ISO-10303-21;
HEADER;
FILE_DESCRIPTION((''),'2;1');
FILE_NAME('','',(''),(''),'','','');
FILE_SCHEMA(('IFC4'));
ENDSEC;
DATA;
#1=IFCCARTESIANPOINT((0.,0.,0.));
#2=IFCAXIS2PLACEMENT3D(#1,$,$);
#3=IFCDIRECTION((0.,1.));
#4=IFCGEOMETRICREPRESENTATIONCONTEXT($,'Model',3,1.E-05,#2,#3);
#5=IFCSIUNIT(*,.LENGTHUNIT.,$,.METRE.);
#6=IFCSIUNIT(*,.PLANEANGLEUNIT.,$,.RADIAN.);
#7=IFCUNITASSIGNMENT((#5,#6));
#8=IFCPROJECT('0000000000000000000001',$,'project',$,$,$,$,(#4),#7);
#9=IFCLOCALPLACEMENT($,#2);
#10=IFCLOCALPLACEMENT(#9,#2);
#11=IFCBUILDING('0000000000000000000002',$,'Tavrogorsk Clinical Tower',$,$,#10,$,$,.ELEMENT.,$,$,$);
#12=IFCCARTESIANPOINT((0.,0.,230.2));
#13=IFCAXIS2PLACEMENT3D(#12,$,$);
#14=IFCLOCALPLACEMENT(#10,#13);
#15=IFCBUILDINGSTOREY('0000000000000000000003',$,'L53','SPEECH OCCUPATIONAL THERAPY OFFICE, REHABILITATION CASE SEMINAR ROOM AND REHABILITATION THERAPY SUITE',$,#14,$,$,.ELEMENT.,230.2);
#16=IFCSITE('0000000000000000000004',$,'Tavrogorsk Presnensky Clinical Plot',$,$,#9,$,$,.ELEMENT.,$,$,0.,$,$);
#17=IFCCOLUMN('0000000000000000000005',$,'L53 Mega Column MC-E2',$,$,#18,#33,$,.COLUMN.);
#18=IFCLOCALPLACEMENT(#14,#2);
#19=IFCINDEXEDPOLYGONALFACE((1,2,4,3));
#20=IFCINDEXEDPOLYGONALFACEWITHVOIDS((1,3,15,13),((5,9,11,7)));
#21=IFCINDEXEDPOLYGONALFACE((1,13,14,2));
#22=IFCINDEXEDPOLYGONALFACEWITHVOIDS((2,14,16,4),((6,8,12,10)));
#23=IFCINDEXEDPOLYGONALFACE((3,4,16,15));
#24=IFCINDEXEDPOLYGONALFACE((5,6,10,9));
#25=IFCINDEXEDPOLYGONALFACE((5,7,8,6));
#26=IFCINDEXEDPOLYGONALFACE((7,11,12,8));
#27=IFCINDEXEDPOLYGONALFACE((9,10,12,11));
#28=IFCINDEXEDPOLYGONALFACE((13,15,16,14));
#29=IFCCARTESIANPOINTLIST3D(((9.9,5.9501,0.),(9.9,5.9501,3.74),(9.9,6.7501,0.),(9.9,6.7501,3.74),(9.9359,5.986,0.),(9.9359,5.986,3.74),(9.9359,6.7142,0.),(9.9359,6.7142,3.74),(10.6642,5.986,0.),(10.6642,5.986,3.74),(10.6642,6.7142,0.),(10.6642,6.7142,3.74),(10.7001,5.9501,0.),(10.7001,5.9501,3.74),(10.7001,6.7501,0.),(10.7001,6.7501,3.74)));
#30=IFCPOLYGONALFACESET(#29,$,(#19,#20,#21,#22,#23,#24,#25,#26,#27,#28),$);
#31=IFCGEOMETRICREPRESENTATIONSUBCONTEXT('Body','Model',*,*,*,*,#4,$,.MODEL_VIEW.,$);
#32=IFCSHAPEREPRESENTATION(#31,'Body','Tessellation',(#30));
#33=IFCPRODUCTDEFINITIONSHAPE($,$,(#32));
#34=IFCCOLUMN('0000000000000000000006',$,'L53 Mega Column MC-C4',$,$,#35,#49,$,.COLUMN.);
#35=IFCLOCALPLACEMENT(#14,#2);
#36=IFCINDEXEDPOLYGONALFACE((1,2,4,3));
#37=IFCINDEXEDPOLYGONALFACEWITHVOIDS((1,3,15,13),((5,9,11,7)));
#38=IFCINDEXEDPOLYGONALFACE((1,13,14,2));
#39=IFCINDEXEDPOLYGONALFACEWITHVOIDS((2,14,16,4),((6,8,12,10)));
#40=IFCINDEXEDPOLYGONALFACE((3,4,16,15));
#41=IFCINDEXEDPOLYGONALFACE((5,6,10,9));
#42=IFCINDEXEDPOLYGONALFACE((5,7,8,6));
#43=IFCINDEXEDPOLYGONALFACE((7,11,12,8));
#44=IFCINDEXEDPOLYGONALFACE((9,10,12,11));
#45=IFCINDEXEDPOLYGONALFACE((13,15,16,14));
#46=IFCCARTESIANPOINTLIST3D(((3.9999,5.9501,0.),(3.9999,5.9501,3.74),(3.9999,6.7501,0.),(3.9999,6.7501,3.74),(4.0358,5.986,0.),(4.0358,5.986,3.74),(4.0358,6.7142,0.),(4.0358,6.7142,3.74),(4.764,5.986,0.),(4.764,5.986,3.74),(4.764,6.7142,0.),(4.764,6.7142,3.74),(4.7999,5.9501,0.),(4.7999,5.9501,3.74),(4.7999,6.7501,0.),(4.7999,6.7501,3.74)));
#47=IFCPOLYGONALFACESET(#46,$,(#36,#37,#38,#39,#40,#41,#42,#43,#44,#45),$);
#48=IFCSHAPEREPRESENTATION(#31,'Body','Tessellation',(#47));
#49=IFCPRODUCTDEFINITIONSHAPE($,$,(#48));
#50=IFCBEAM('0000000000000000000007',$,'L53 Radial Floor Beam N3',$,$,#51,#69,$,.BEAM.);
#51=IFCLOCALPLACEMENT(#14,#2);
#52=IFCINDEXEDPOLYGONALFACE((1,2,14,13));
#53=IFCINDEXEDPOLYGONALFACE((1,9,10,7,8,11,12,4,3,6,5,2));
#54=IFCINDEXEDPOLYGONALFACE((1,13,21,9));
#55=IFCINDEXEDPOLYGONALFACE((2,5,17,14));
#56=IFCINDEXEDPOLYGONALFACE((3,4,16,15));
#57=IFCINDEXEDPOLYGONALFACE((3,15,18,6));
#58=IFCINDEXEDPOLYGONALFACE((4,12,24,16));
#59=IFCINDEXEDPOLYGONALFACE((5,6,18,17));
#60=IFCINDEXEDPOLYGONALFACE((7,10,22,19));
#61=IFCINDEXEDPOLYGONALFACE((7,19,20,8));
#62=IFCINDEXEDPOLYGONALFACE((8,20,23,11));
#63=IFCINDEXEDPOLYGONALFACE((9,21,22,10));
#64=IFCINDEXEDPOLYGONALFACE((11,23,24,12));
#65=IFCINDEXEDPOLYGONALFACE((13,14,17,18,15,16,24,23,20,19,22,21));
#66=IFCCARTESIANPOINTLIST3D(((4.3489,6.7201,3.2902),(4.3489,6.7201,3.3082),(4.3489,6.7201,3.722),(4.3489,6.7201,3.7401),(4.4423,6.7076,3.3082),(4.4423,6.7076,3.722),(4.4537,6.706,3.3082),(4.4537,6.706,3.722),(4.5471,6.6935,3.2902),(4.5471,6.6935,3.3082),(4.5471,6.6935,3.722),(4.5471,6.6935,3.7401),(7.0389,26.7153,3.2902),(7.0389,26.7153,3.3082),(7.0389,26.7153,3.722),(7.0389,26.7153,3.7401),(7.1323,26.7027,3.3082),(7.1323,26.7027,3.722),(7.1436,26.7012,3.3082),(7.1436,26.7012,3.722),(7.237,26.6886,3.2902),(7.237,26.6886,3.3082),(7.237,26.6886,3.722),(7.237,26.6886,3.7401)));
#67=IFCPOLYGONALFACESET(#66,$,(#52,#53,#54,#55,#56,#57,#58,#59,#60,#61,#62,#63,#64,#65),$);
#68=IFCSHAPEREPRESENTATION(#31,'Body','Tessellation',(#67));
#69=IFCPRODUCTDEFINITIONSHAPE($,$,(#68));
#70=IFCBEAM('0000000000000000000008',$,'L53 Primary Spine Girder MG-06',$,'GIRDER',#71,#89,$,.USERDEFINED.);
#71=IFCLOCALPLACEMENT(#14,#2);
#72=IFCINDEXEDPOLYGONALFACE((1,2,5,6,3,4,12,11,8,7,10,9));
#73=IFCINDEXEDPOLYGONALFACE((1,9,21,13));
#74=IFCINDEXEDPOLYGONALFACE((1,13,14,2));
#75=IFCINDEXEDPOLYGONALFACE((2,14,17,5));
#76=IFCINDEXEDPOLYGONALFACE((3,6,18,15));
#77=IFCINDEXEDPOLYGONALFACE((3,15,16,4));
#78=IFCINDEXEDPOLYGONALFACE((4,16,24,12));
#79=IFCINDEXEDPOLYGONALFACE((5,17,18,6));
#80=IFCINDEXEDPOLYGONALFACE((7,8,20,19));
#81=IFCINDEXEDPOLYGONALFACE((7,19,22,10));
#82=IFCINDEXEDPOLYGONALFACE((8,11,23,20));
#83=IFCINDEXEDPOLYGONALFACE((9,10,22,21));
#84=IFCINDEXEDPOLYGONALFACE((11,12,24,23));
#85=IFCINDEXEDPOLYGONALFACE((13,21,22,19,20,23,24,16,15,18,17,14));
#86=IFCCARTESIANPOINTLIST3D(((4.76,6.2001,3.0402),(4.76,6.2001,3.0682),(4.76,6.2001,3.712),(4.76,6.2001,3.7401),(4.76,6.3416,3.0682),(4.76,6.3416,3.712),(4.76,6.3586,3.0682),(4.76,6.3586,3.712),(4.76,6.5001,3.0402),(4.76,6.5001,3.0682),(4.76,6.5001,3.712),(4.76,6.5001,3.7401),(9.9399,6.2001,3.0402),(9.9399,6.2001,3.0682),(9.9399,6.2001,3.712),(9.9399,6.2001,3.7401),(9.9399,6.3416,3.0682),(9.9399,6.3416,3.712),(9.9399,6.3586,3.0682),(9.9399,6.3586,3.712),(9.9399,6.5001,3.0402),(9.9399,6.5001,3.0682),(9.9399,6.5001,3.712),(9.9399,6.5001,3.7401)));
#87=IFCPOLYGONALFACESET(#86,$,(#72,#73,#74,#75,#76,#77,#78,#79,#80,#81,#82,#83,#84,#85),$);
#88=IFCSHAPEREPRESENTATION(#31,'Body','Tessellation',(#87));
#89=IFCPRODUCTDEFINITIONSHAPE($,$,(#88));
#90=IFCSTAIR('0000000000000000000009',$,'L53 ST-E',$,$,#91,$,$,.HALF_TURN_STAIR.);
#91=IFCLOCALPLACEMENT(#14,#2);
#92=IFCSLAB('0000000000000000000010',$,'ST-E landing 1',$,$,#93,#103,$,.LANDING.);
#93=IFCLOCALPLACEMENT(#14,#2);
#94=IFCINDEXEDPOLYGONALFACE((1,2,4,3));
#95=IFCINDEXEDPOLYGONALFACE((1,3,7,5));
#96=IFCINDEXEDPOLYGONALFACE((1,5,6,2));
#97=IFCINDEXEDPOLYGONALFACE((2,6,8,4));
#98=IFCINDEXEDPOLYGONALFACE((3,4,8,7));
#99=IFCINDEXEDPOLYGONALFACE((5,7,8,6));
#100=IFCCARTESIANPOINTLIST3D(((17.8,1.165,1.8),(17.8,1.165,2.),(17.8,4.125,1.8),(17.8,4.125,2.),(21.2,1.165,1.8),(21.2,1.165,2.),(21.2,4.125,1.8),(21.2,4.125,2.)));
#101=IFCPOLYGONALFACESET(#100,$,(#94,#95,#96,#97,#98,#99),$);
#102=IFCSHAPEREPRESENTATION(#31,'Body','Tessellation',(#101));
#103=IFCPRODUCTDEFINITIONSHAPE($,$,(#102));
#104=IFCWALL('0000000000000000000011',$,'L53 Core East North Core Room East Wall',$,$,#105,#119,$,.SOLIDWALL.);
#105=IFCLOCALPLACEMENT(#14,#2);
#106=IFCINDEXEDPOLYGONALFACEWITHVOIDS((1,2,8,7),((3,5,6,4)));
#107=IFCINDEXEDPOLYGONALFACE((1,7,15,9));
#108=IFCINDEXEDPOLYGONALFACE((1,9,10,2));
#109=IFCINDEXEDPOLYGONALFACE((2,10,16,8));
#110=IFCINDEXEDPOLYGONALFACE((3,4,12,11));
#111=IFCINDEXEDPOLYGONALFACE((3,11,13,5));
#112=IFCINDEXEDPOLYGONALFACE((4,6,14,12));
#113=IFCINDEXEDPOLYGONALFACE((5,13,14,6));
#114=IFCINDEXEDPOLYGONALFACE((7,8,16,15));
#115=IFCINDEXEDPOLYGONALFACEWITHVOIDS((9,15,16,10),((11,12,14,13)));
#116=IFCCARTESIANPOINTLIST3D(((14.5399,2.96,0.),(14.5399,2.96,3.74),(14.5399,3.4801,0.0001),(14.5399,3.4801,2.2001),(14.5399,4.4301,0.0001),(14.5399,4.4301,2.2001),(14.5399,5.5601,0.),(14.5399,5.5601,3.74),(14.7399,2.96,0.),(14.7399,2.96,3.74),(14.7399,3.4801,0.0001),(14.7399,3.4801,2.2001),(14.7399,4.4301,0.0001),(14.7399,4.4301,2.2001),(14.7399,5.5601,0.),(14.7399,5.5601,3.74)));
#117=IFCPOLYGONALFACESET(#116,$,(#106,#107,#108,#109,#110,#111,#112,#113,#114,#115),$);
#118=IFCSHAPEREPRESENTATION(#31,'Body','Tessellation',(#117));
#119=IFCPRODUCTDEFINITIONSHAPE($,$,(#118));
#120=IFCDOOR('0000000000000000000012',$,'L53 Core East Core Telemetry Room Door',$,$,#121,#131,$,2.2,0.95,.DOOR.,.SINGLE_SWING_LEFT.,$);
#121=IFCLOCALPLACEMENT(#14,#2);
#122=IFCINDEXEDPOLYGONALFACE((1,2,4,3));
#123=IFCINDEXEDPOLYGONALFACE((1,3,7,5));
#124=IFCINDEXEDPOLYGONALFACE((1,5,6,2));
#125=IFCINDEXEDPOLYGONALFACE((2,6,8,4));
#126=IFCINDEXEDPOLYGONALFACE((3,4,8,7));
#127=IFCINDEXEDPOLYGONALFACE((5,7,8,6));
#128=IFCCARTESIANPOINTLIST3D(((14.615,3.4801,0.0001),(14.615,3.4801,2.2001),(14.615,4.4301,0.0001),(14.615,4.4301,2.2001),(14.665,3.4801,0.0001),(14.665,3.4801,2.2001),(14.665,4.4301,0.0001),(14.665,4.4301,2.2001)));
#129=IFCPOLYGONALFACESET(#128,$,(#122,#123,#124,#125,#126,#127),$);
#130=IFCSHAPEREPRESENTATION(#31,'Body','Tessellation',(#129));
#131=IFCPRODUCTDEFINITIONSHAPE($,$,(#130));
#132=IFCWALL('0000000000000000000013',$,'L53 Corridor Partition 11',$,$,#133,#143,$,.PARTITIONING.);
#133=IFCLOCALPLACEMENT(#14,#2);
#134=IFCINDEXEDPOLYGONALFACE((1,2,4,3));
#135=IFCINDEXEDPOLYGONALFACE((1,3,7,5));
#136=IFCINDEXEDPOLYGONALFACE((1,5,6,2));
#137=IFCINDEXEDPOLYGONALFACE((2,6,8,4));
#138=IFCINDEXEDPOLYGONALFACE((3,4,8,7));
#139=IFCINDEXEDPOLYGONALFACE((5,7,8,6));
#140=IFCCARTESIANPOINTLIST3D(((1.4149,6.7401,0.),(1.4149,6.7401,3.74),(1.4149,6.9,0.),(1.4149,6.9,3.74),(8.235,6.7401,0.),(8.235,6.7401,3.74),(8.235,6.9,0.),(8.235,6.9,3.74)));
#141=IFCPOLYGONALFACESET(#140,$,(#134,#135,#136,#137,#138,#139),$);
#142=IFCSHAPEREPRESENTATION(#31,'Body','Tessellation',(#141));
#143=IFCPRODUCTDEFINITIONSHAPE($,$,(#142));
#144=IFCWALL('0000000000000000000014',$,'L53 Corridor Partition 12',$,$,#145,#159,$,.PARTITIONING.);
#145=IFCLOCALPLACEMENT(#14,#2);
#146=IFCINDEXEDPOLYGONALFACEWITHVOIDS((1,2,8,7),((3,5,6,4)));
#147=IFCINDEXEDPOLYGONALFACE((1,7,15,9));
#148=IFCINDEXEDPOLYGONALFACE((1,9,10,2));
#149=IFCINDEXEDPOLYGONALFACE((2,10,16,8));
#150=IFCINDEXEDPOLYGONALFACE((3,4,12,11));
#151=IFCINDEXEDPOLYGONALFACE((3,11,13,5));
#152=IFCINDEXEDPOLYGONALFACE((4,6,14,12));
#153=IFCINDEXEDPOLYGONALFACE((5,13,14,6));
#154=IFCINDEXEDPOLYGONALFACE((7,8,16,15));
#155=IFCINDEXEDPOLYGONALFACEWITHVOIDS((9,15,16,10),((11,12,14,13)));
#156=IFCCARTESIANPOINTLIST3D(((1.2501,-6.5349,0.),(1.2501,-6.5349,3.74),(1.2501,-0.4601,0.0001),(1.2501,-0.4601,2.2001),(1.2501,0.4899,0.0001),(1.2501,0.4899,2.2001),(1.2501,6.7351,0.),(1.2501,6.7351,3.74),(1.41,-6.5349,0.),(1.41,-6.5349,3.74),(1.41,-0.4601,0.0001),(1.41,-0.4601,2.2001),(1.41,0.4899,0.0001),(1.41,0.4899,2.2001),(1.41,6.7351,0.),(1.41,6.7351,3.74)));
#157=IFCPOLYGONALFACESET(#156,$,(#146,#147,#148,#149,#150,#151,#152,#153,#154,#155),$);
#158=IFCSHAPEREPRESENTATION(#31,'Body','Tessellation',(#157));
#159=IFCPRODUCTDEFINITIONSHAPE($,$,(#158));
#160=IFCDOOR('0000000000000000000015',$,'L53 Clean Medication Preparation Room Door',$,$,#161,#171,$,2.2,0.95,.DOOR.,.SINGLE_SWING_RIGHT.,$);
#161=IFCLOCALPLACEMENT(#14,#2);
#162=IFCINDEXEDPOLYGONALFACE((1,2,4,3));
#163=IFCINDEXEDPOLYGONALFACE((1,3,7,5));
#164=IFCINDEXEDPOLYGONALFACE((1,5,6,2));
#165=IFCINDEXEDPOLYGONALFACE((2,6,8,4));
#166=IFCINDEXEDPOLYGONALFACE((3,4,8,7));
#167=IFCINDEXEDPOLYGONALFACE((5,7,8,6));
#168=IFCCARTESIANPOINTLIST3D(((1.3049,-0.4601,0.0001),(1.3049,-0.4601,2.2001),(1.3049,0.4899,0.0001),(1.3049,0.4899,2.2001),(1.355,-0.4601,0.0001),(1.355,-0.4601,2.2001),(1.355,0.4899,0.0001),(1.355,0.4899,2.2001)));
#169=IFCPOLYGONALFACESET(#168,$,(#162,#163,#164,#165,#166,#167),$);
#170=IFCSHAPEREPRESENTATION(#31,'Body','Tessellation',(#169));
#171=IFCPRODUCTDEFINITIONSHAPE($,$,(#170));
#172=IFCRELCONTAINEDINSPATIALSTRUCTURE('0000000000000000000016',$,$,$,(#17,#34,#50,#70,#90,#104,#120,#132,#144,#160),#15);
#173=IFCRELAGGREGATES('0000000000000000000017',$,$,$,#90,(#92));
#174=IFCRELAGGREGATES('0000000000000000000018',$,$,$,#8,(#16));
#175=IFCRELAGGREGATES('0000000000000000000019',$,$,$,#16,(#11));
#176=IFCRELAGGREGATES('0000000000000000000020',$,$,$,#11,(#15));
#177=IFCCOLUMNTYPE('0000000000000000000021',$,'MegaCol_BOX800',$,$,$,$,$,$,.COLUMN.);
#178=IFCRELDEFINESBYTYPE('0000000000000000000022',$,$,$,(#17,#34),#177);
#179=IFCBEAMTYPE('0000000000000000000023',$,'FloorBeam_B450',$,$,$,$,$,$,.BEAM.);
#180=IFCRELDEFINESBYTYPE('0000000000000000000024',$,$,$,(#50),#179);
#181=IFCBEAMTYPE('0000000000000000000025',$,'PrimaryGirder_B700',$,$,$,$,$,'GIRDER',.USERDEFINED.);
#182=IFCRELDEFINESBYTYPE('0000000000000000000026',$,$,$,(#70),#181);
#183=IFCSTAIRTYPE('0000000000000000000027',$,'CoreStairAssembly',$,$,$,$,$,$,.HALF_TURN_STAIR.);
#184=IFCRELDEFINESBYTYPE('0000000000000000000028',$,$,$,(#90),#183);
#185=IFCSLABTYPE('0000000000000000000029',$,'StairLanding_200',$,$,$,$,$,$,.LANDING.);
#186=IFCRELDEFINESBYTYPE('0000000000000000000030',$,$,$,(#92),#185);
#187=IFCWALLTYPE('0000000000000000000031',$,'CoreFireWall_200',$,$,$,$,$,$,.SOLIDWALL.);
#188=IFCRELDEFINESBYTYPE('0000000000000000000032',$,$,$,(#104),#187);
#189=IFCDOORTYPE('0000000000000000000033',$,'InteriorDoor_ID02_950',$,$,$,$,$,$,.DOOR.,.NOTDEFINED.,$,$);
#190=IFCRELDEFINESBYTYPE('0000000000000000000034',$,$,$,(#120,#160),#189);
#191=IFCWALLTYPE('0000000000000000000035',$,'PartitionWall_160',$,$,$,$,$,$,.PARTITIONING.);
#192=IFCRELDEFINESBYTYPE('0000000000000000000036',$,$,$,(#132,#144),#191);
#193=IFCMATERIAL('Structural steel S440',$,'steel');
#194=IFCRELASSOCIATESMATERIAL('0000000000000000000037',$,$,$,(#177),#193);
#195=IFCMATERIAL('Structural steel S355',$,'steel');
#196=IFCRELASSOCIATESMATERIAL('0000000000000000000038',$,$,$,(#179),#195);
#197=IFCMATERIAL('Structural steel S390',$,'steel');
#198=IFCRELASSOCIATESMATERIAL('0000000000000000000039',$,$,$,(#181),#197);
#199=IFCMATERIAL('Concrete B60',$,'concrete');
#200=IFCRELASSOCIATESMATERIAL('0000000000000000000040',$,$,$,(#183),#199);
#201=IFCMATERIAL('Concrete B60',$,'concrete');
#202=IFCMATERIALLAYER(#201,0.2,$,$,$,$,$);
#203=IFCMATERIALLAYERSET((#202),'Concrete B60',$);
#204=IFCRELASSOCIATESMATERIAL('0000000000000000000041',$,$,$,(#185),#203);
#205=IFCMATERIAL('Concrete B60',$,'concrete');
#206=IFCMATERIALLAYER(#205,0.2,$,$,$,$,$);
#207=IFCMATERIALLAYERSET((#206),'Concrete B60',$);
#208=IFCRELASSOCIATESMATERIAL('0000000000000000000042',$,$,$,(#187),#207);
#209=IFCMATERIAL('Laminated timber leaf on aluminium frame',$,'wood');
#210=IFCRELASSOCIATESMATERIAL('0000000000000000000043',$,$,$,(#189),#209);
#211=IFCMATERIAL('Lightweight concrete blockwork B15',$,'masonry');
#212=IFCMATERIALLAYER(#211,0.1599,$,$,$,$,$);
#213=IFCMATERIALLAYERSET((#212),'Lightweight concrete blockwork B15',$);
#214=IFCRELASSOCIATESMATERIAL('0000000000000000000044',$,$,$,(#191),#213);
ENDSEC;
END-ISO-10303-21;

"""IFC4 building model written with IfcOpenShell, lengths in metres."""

from ifc_helpers import new_model, si_unit, direction, frame, frame_2d, origin, origin_2d, place, context, subcontext, project, spatial, polyline, rectangle, hollow_rectangle, i_section, outline, extrude, material, layer, layer_set, material_profile, profile_set, type_object, element, fill, aggregate, save


model = new_model("IFC4")

# Units and contexts
model_context = context("Model", 3, precision=1e-05, world=origin(), true_north=direction((0.0, 1.0)))
body_context = subcontext(model_context, "Body", "Model", "MODEL_VIEW")
ifc_project = project(units=[si_unit("LENGTHUNIT", "METRE"), si_unit("PLANEANGLEUNIT", "RADIAN")], contexts=[model_context])

# Site, building, storey
site_placement = place(None, origin())
site = spatial("IfcSite", under=ifc_project, at=site_placement, Name="Tavrogorsk Presnensky Clinical Plot", CompositionType="ELEMENT", RefElevation=0.0)
building_placement = place(site_placement, origin())
building = spatial("IfcBuilding", under=site, at=building_placement, Name="Tavrogorsk Clinical Tower", CompositionType="ELEMENT")
storey_placement = place(building_placement, frame((0.0, 0.0, 230.2)))
storey = spatial("IfcBuildingStorey", under=building, at=storey_placement, Name="L53", Description="SPEECH OCCUPATIONAL THERAPY OFFICE, REHABILITATION CASE SEMINAR ROOM AND REHABILITATION THERAPY SUITE", CompositionType="ELEMENT", Elevation=230.2)

# Columns
ifc_material_1 = material(Name="Structural steel S440", Category="steel")
ifc_material_profile_1 = material_profile(ifc_material_1, hollow_rectangle(XDim=0.8, YDim=0.8, WallThickness=0.0359, at=origin_2d()), Name="BOX-800x800x36")
ifc_profile_set_1 = profile_set([ifc_material_profile_1], Name="Structural steel S440")
column_type = type_object("IfcColumnType", Name="MegaCol_BOX800", PredefinedType="COLUMN", material=ifc_profile_set_1)
for number, where, z_axis, x_axis, name in (
    (1, (10.3, 6.3501, 0.0), (0.0, 0.0, 1.0), (1.0, 0.0, 0.0), "L53 Mega Column MC-E2"),
    (2, (4.3999, 6.3501, 0.0), (0.0, 0.0, 1.0), (1.0, 0.0, 0.0), "L53 Mega Column MC-C4"),
):
    element("IfcColumn", number, at=place(storey_placement, frame(where, z_axis=z_axis, x_axis=x_axis)), inside=storey, type_object=column_type, Name=name, PredefinedType="COLUMN", context=body_context, shape_type="SweptSolid", body=[
        extrude(hollow_rectangle(XDim=0.8, YDim=0.8, WallThickness=0.0359, at=origin_2d()), origin(), (0.0, 0.0, 1.0), 3.74),
    ])

# Beams
ifc_material_2 = material(Name="Structural steel S355", Category="steel")
ifc_material_profile_2 = material_profile(ifc_material_2, i_section(OverallWidth=0.2, OverallDepth=0.45, WebThickness=0.0115, FlangeThickness=0.0181, at=origin_2d()), Name="B-450x200x11.5x18")
ifc_profile_set_2 = profile_set([ifc_material_profile_2], Name="Structural steel S355")
beam_type_1 = type_object("IfcBeamType", Name="FloorBeam_B450", PredefinedType="BEAM", material=ifc_profile_set_2)
beam_1_placement = place(storey_placement, frame((4.448, 6.7068, 3.5151), z_axis=(0.133329, 0.991072, 0.0), x_axis=(-0.991072, 0.133329, 0.0)))
element("IfcBeam", 3, at=beam_1_placement, inside=storey, type_object=beam_type_1, Name="L53 Radial Floor Beam N3", PredefinedType="BEAM", context=body_context, shape_type="SweptSolid", body=[
    extrude(i_section(OverallWidth=0.2, OverallDepth=0.45, WebThickness=0.0115, FlangeThickness=0.0181, at=origin_2d()), origin(), (0.0, 0.0, 1.0), 20.1753),
])
ifc_material_3 = material(Name="Structural steel S390", Category="steel")
ifc_material_profile_3 = material_profile(ifc_material_3, i_section(OverallWidth=0.3, OverallDepth=0.7, WebThickness=0.0171, FlangeThickness=0.0281, at=origin_2d()), Name="B-700x300x17x28")
ifc_profile_set_3 = profile_set([ifc_material_profile_3], Name="Structural steel S390")
beam_type_2 = type_object("IfcBeamType", Name="PrimaryGirder_B700", ElementType="GIRDER", PredefinedType="USERDEFINED", material=ifc_profile_set_3)
beam_2_placement = place(storey_placement, frame((4.76, 6.3501, 3.3901), z_axis=(1.0, 0.0, 0.0), x_axis=(0.0, 1.0, 0.0)))
element("IfcBeam", 4, at=beam_2_placement, inside=storey, type_object=beam_type_2, Name="L53 Primary Spine Girder MG-06", ObjectType="GIRDER", PredefinedType="USERDEFINED", context=body_context, shape_type="SweptSolid", body=[
    extrude(i_section(OverallWidth=0.3, OverallDepth=0.7, WebThickness=0.0171, FlangeThickness=0.0281, at=origin_2d()), origin(), (0.0, 0.0, 1.0), 5.1799),
])

# Stair, slab
ifc_material_4 = material(Name="Concrete B60", Category="concrete")
stair_type = type_object("IfcStairType", Name="CoreStairAssembly", PredefinedType="HALF_TURN_STAIR", material=ifc_material_4)
stair_placement = place(storey_placement, origin())
stair = element("IfcStair", 5, at=stair_placement, inside=storey, type_object=stair_type, Name="L53 ST-E", PredefinedType="HALF_TURN_STAIR")
ifc_material_5 = material(Name="Concrete B60", Category="concrete")
ifc_layer_1 = layer(ifc_material_5, 0.2)
ifc_layer_set_1 = layer_set([ifc_layer_1], Name="Concrete B60")
slab_type = type_object("IfcSlabType", Name="StairLanding_200", PredefinedType="LANDING", material=ifc_layer_set_1)
slab_placement = place(storey_placement, frame((0.0, 0.0, 1.8)))
slab = element("IfcSlab", 6, at=slab_placement, type_object=slab_type, Name="ST-E landing 1", PredefinedType="LANDING", context=body_context, shape_type="SweptSolid", body=[
    extrude(outline(polyline([(21.2, 1.165), (21.2, 4.125), (17.8, 4.125), (17.8, 1.165), (21.2, 1.165)])), origin(), (0.0, 0.0, 1.0), 0.2),
])
aggregate(stair, [slab])

# Wall, opening, door
ifc_material_6 = material(Name="Concrete B60", Category="concrete")
ifc_layer_2 = layer(ifc_material_6, 0.2)
ifc_layer_set_2 = layer_set([ifc_layer_2], Name="Concrete B60")
wall_type_1 = type_object("IfcWallType", Name="CoreFireWall_200", PredefinedType="SOLIDWALL", material=ifc_layer_set_2)
wall_1_placement = place(storey_placement, frame((14.6399, 2.96, 0.0), z_axis=(0.0, 0.0, 1.0), x_axis=(0.0, 1.0, 0.0)))
wall_1 = element("IfcWall", 7, at=wall_1_placement, inside=storey, type_object=wall_type_1, Name="L53 Core East North Core Room East Wall", PredefinedType="SOLIDWALL", context=body_context, shape_type="SweptSolid", body=[
    extrude(rectangle(XDim=2.6001, YDim=0.2, at=frame_2d((1.3, 0.0))), origin(), (0.0, 0.0, 1.0), 3.74),
])
opening_1_placement = place(wall_1_placement, frame((0.52, 0.0, 0.0)))
opening_1 = element("IfcOpeningElement", 8, at=opening_1_placement, cuts=wall_1, PredefinedType="OPENING", context=body_context, shape_type="SweptSolid", body=[
    extrude(rectangle(XDim=0.95, YDim=2.2, at=frame_2d((0.4751, 1.1001))), frame((0.0, 0.1099, 0.0), z_axis=(0.0, -1.0, 0.0), x_axis=(1.0, 0.0, 0.0)), (0.0, 0.0, 1.0), 0.22),
])
ifc_material_7 = material(Name="Laminated timber leaf on aluminium frame", Category="wood")
door_type_1 = type_object("IfcDoorType", Name="InteriorDoor_ID02_950", OperationType="NOTDEFINED", PredefinedType="DOOR", material=ifc_material_7)
door_1_placement = place(opening_1_placement, origin())
door_1 = element("IfcDoor", 9, at=door_1_placement, inside=storey, type_object=door_type_1, Name="L53 Core East Core Telemetry Room Door", OperationType="SINGLE_SWING_LEFT", OverallHeight=2.2, OverallWidth=0.95, PredefinedType="DOOR", context=body_context, shape_type="SweptSolid", body=[
    extrude(rectangle(XDim=0.95, YDim=2.2, at=frame_2d((0.4751, 1.1001))), frame((0.0, 0.0249, 0.0), z_axis=(0.0, -1.0, 0.0), x_axis=(1.0, 0.0, 0.0)), (0.0, 0.0, 1.0), 0.05),
])
fill(opening_1, door_1)

# Wall
ifc_material_8 = material(Name="Lightweight concrete blockwork B15", Category="masonry")
ifc_layer_3 = layer(ifc_material_8, 0.1599)
ifc_layer_set_3 = layer_set([ifc_layer_3], Name="Lightweight concrete blockwork B15")
wall_type_2 = type_object("IfcWallType", Name="PartitionWall_160", PredefinedType="PARTITIONING", material=ifc_layer_set_3)
wall_2_placement = place(storey_placement, frame((8.2351, 6.8201, 0.0), z_axis=(0.0, 0.0, 1.0), x_axis=(-1.0, 0.0, 0.0)))
element("IfcWall", 10, at=wall_2_placement, inside=storey, type_object=wall_type_2, Name="L53 Corridor Partition 11", PredefinedType="PARTITIONING", context=body_context, shape_type="SweptSolid", body=[
    extrude(rectangle(XDim=6.8201, YDim=0.1599, at=frame_2d((3.4102, 0.0))), origin(), (0.0, 0.0, 1.0), 3.74),
])

# Wall, opening, door
wall_3_placement = place(storey_placement, frame((1.3301, 6.7351, 0.0), z_axis=(0.0, 0.0, 1.0), x_axis=(0.0, -1.0, 0.0)))
wall_3 = element("IfcWall", 11, at=wall_3_placement, inside=storey, type_object=wall_type_2, Name="L53 Corridor Partition 12", PredefinedType="PARTITIONING", context=body_context, shape_type="SweptSolid", body=[
    extrude(rectangle(XDim=13.27, YDim=0.1599, at=frame_2d((6.635, 0.0))), origin(), (0.0, 0.0, 1.0), 3.74),
])
opening_2_placement = place(wall_3_placement, frame((6.2451, 0.0, 0.0)))
opening_2 = element("IfcOpeningElement", 12, at=opening_2_placement, cuts=wall_3, PredefinedType="OPENING", context=body_context, shape_type="SweptSolid", body=[
    extrude(rectangle(XDim=0.95, YDim=2.2, at=frame_2d((0.4751, 1.1001))), frame((0.0, 0.0898, 0.0), z_axis=(0.0, -1.0, 0.0), x_axis=(1.0, 0.0, 0.0)), (0.0, 0.0, 1.0), 0.1799),
])
door_2_placement = place(opening_2_placement, origin())
door_2 = element("IfcDoor", 13, at=door_2_placement, inside=storey, type_object=door_type_1, Name="L53 Clean Medication Preparation Room Door", OperationType="SINGLE_SWING_RIGHT", OverallHeight=2.2, OverallWidth=0.95, PredefinedType="DOOR", context=body_context, shape_type="SweptSolid", body=[
    extrude(rectangle(XDim=0.95, YDim=2.2, at=frame_2d((0.4751, 1.1001))), frame((0.0, 0.0249, 0.0), z_axis=(0.0, -1.0, 0.0), x_axis=(1.0, 0.0, 0.0)), (0.0, 0.0, 1.0), 0.05),
])
fill(opening_2, door_2)

save(model, "model.ifc")
